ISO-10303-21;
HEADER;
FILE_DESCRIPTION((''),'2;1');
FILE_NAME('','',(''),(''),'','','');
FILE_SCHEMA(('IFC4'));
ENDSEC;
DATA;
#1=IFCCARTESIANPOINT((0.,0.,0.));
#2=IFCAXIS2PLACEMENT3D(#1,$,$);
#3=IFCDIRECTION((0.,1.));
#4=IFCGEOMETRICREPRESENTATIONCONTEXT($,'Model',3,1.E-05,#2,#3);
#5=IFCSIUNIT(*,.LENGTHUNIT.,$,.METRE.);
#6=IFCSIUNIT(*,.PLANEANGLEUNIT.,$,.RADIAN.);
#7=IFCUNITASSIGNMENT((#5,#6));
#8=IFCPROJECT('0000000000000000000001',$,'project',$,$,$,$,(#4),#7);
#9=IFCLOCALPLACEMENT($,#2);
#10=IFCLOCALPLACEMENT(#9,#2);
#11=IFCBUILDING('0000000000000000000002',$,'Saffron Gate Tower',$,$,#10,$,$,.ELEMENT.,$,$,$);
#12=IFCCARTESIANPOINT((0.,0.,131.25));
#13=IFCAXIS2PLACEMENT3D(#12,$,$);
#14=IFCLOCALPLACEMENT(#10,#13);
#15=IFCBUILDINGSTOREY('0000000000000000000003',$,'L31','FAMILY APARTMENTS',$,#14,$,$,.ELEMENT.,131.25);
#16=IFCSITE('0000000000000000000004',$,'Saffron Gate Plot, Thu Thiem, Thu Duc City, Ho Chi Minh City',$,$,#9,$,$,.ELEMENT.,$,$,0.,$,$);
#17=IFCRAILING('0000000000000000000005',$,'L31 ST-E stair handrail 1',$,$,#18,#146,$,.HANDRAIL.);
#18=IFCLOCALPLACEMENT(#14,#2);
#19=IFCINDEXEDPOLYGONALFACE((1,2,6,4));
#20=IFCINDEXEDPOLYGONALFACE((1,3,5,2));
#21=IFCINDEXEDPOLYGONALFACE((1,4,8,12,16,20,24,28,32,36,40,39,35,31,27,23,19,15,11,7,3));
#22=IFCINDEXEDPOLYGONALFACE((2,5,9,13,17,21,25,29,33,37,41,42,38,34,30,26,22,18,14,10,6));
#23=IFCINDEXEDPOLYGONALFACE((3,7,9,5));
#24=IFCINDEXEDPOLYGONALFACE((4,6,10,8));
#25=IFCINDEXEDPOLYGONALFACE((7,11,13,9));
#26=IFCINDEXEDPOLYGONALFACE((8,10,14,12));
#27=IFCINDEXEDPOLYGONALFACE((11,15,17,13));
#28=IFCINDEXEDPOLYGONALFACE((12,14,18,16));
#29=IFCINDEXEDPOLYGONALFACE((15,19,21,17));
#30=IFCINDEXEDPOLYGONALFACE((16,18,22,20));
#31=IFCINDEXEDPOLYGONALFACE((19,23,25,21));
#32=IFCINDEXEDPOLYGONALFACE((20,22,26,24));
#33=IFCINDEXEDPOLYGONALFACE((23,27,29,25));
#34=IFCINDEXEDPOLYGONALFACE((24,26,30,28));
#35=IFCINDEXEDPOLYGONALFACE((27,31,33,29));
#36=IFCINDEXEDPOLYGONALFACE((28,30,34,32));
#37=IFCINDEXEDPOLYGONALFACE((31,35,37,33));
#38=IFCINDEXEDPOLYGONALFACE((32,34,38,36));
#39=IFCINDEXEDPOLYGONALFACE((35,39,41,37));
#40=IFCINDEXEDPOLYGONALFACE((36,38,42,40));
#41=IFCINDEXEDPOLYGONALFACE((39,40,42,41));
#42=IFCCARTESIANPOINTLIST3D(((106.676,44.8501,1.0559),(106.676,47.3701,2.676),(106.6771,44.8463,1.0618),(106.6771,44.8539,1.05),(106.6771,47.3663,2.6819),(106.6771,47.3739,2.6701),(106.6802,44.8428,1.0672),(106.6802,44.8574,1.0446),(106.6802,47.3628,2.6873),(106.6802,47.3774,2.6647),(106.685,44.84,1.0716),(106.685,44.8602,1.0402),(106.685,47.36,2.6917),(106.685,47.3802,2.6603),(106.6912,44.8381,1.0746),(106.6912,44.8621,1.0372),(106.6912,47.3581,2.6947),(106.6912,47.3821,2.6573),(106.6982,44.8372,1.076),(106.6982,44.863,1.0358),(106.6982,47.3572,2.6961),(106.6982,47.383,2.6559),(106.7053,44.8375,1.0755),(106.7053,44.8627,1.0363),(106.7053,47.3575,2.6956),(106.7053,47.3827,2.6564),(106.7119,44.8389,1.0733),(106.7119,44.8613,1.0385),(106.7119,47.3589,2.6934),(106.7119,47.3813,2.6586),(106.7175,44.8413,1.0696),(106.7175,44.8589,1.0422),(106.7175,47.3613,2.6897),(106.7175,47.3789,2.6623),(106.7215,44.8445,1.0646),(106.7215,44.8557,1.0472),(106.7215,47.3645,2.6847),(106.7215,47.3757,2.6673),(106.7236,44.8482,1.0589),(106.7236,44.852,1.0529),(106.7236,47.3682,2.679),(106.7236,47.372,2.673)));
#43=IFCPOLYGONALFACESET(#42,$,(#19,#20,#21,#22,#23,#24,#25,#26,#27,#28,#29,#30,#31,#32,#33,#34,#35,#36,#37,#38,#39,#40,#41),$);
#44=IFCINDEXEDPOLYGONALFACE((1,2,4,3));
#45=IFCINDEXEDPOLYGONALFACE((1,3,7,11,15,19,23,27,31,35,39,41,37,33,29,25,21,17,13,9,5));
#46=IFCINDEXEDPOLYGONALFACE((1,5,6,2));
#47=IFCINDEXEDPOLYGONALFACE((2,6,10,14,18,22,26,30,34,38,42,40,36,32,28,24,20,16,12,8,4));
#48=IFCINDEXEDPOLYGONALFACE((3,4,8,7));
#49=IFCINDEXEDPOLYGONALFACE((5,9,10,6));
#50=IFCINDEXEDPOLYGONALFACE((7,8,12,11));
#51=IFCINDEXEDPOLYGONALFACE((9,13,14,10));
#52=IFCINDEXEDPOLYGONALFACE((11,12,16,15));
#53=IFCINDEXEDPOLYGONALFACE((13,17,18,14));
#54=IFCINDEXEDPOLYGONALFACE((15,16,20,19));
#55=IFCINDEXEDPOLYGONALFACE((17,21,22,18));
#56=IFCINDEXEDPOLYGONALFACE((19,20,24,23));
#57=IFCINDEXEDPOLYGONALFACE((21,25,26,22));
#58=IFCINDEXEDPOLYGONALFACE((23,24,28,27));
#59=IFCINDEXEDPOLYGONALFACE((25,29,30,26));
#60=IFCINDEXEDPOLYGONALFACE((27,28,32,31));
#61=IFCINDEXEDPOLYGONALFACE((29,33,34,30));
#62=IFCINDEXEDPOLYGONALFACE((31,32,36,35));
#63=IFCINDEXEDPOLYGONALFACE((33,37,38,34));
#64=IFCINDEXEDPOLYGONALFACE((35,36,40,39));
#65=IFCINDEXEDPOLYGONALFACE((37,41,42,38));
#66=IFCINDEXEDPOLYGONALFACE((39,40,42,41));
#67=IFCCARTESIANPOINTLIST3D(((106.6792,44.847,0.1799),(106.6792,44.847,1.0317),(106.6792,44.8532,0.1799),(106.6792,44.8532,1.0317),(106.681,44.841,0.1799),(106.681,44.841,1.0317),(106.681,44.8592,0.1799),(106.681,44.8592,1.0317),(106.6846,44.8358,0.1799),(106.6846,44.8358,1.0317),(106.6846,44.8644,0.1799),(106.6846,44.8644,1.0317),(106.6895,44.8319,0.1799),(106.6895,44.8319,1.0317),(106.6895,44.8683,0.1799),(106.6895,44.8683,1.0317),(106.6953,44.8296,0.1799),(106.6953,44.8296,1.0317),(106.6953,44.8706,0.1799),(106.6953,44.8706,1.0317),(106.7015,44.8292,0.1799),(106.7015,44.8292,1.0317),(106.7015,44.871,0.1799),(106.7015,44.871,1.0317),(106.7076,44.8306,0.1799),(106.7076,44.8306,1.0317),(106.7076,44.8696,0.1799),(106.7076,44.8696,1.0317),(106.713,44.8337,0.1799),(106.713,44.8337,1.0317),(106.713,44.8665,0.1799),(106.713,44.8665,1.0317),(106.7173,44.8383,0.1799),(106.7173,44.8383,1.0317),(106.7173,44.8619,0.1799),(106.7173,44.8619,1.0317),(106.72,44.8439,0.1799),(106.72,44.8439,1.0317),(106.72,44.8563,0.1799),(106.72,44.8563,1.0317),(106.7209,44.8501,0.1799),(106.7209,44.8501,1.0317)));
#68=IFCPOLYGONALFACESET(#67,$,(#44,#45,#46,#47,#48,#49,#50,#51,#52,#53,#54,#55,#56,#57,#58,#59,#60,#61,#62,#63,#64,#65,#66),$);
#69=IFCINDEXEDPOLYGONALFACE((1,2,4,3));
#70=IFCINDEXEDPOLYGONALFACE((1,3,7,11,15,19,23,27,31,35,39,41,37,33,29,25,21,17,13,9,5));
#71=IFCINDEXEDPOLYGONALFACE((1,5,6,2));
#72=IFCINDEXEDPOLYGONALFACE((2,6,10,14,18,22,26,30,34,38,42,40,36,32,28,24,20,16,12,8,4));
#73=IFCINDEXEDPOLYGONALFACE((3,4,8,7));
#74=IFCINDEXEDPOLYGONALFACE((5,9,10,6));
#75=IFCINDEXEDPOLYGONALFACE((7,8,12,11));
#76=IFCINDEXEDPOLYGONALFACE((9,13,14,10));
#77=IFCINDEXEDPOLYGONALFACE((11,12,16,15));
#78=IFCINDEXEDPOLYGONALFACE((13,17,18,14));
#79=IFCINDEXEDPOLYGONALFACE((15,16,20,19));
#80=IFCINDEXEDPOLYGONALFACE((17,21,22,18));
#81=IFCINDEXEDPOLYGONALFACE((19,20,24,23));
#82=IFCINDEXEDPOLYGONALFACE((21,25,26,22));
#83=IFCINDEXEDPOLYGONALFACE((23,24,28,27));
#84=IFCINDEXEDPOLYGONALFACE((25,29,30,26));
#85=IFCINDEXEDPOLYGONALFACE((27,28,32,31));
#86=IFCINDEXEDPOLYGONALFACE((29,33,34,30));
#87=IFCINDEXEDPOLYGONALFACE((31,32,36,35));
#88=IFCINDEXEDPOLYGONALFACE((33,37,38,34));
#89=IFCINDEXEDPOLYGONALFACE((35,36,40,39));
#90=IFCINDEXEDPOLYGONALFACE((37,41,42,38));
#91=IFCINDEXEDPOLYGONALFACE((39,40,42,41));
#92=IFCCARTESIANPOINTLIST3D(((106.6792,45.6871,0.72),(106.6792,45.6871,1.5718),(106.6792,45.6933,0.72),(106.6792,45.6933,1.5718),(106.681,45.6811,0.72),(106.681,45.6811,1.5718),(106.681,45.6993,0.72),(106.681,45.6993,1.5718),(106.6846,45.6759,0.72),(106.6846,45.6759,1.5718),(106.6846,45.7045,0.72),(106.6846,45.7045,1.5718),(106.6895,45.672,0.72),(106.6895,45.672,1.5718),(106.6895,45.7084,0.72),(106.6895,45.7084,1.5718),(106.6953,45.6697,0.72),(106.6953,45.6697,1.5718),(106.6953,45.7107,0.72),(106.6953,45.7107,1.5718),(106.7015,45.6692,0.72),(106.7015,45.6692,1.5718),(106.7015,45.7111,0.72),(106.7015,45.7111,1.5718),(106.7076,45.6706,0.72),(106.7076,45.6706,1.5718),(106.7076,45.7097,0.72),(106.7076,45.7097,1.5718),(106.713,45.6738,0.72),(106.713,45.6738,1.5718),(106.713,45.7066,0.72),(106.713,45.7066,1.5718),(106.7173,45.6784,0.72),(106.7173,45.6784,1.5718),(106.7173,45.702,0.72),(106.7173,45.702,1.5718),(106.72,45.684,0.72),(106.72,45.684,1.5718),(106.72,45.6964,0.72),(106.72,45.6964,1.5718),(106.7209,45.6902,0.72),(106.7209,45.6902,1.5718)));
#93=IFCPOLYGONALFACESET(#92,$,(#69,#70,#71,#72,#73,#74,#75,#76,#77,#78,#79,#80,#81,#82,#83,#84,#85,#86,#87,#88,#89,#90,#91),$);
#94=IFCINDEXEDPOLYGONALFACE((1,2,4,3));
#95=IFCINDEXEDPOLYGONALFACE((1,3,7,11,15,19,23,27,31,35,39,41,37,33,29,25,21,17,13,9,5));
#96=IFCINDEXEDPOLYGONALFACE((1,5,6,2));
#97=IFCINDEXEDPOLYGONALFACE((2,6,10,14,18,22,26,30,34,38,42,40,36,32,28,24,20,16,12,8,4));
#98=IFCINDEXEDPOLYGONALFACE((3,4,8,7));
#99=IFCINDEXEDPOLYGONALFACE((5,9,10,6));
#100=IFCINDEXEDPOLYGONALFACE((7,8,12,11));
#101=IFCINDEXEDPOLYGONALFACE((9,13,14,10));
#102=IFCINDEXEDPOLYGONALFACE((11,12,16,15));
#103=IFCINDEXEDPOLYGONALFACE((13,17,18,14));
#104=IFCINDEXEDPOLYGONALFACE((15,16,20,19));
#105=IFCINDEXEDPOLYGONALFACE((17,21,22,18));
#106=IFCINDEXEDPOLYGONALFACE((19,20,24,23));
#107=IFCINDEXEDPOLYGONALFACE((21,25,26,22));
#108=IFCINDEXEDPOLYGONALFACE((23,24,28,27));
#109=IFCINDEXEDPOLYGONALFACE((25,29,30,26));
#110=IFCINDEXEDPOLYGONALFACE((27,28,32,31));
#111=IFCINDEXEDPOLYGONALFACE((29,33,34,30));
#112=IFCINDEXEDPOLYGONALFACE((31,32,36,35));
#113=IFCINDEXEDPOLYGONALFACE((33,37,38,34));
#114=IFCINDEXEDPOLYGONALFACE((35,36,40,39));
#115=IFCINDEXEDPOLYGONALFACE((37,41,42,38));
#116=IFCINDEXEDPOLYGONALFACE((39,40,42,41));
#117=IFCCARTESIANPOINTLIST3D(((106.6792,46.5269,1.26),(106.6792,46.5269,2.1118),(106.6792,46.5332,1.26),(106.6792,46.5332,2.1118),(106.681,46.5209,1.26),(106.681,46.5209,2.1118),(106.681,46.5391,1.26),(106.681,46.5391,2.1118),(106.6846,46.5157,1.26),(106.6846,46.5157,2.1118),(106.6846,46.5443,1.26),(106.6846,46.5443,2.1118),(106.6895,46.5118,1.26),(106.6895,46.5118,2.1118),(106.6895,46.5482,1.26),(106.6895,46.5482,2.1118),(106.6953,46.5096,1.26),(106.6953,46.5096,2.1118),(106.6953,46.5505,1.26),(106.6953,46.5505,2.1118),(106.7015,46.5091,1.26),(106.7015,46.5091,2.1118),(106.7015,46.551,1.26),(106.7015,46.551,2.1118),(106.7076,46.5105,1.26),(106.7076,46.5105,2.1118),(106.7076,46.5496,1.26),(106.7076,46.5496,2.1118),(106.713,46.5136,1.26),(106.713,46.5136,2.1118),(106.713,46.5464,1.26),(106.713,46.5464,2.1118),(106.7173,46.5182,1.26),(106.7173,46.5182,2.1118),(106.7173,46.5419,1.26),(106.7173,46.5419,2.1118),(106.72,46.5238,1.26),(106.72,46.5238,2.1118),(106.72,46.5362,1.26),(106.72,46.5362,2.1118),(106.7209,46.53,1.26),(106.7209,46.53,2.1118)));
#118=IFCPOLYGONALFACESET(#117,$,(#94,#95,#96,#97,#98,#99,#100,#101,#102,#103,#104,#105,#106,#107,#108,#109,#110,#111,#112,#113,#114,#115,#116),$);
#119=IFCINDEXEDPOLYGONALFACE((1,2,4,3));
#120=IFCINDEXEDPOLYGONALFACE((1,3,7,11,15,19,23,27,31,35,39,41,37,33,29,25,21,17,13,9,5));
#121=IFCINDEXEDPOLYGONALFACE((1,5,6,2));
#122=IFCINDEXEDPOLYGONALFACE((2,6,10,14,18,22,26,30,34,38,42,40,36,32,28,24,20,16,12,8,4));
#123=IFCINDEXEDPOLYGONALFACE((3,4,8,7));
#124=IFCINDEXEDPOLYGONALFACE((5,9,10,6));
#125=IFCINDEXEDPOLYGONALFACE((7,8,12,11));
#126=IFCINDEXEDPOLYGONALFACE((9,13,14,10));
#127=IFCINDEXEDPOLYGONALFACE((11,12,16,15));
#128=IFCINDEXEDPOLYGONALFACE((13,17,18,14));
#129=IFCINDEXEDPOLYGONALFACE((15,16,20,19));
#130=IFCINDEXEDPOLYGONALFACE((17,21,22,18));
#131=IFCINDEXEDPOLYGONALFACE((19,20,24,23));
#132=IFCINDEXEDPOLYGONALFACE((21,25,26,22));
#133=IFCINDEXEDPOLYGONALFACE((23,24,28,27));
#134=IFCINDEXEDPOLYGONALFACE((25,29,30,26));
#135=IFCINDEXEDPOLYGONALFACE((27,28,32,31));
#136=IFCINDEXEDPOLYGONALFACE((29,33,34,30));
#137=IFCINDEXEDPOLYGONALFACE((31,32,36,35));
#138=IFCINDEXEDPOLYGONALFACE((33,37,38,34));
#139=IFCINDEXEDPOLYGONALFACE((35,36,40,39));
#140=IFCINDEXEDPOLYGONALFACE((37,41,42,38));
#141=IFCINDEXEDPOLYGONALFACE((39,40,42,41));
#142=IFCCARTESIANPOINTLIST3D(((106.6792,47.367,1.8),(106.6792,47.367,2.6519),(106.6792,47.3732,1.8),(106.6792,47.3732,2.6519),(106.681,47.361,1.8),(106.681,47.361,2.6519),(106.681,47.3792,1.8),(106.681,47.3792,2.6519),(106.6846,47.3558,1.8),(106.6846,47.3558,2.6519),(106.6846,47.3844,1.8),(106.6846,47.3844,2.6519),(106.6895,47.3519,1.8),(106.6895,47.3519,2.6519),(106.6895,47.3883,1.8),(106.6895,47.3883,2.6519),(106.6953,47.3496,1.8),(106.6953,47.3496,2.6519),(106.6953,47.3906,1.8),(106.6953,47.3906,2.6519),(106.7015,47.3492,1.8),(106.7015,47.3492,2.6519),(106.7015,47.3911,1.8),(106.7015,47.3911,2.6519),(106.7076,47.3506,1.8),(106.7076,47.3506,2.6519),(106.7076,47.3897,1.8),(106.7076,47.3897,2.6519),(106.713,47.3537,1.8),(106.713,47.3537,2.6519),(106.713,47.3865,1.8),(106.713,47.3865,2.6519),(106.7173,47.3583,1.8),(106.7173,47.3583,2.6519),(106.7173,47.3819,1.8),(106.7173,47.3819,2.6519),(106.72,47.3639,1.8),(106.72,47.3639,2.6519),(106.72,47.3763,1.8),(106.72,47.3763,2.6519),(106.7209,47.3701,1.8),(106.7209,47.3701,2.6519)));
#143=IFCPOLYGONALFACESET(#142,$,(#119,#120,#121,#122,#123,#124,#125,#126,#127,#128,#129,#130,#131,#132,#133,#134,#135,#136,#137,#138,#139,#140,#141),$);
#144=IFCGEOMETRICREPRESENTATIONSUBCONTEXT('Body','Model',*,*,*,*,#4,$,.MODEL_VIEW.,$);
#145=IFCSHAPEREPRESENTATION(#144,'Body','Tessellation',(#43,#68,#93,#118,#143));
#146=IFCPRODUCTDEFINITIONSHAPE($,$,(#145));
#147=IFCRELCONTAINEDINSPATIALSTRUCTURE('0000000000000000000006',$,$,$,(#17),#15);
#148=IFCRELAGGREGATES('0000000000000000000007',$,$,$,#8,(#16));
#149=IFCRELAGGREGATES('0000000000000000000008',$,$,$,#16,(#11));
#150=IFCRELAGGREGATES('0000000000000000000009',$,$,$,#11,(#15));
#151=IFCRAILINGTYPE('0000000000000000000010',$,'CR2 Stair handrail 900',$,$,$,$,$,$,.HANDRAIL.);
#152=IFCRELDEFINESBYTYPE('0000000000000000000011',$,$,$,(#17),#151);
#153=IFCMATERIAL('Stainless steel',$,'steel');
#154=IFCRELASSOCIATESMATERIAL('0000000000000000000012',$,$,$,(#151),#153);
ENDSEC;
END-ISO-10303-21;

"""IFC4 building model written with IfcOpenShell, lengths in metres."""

from ifc_helpers import new_model, si_unit, direction, frame, origin, origin_2d, place, context, subcontext, project, spatial, circle, extrude, material, type_object, element, save


model = new_model("IFC4")

# Units and contexts
model_context = context("Model", 3, precision=1e-05, world=origin(), true_north=direction((0.0, 1.0)))
body_context = subcontext(model_context, "Body", "Model", "MODEL_VIEW")
ifc_project = project(units=[si_unit("LENGTHUNIT", "METRE"), si_unit("PLANEANGLEUNIT", "RADIAN")], contexts=[model_context])

# Site, building, storey
site_placement = place(None, origin())
site = spatial("IfcSite", under=ifc_project, at=site_placement, Name="Saffron Gate Plot, Thu Thiem, Thu Duc City, Ho Chi Minh City", CompositionType="ELEMENT", RefElevation=0.0)
building_placement = place(site_placement, origin())
building = spatial("IfcBuilding", under=site, at=building_placement, Name="Saffron Gate Tower", CompositionType="ELEMENT")
storey_placement = place(building_placement, frame((0.0, 0.0, 131.25)))
storey = spatial("IfcBuildingStorey", under=building, at=storey_placement, Name="L31", Description="FAMILY APARTMENTS", CompositionType="ELEMENT", Elevation=131.25)

# Railing
ifc_material_1 = material(Name="Stainless steel", Category="steel")
railing_type_1 = type_object("IfcRailingType", Name="CR2 Stair handrail 900", PredefinedType="HANDRAIL", material=ifc_material_1)
railing_1_placement = place(storey_placement, frame((106.7, 44.8501, 0.1799)))
element("IfcRailing", 1, at=railing_1_placement, inside=storey, type_object=railing_type_1, Name="L31 ST-E stair handrail 1", PredefinedType="HANDRAIL", context=body_context, shape_type="SweptSolid", body=[
    extrude(circle(Radius=0.0239, at=origin_2d()), frame((0.0, 0.0, 0.876), z_axis=(0.0, 0.841163, 0.540782), x_axis=(-1.0, 0.0, 0.0)), (0.0, 0.0, 1.0), 2.9958),
    extrude(circle(Radius=0.021, at=origin_2d()), origin(), (0.0, 0.0, 1.0), 0.8518),
    extrude(circle(Radius=0.021, at=origin_2d()), frame((0.0, 0.8401, 0.54)), (0.0, 0.0, 1.0), 0.8518),
    extrude(circle(Radius=0.021, at=origin_2d()), frame((0.0, 1.6799, 1.0801)), (0.0, 0.0, 1.0), 0.8518),
    extrude(circle(Radius=0.021, at=origin_2d()), frame((0.0, 2.52, 1.6201)), (0.0, 0.0, 1.0), 0.8518),
])

save(model, "model.ifc")
